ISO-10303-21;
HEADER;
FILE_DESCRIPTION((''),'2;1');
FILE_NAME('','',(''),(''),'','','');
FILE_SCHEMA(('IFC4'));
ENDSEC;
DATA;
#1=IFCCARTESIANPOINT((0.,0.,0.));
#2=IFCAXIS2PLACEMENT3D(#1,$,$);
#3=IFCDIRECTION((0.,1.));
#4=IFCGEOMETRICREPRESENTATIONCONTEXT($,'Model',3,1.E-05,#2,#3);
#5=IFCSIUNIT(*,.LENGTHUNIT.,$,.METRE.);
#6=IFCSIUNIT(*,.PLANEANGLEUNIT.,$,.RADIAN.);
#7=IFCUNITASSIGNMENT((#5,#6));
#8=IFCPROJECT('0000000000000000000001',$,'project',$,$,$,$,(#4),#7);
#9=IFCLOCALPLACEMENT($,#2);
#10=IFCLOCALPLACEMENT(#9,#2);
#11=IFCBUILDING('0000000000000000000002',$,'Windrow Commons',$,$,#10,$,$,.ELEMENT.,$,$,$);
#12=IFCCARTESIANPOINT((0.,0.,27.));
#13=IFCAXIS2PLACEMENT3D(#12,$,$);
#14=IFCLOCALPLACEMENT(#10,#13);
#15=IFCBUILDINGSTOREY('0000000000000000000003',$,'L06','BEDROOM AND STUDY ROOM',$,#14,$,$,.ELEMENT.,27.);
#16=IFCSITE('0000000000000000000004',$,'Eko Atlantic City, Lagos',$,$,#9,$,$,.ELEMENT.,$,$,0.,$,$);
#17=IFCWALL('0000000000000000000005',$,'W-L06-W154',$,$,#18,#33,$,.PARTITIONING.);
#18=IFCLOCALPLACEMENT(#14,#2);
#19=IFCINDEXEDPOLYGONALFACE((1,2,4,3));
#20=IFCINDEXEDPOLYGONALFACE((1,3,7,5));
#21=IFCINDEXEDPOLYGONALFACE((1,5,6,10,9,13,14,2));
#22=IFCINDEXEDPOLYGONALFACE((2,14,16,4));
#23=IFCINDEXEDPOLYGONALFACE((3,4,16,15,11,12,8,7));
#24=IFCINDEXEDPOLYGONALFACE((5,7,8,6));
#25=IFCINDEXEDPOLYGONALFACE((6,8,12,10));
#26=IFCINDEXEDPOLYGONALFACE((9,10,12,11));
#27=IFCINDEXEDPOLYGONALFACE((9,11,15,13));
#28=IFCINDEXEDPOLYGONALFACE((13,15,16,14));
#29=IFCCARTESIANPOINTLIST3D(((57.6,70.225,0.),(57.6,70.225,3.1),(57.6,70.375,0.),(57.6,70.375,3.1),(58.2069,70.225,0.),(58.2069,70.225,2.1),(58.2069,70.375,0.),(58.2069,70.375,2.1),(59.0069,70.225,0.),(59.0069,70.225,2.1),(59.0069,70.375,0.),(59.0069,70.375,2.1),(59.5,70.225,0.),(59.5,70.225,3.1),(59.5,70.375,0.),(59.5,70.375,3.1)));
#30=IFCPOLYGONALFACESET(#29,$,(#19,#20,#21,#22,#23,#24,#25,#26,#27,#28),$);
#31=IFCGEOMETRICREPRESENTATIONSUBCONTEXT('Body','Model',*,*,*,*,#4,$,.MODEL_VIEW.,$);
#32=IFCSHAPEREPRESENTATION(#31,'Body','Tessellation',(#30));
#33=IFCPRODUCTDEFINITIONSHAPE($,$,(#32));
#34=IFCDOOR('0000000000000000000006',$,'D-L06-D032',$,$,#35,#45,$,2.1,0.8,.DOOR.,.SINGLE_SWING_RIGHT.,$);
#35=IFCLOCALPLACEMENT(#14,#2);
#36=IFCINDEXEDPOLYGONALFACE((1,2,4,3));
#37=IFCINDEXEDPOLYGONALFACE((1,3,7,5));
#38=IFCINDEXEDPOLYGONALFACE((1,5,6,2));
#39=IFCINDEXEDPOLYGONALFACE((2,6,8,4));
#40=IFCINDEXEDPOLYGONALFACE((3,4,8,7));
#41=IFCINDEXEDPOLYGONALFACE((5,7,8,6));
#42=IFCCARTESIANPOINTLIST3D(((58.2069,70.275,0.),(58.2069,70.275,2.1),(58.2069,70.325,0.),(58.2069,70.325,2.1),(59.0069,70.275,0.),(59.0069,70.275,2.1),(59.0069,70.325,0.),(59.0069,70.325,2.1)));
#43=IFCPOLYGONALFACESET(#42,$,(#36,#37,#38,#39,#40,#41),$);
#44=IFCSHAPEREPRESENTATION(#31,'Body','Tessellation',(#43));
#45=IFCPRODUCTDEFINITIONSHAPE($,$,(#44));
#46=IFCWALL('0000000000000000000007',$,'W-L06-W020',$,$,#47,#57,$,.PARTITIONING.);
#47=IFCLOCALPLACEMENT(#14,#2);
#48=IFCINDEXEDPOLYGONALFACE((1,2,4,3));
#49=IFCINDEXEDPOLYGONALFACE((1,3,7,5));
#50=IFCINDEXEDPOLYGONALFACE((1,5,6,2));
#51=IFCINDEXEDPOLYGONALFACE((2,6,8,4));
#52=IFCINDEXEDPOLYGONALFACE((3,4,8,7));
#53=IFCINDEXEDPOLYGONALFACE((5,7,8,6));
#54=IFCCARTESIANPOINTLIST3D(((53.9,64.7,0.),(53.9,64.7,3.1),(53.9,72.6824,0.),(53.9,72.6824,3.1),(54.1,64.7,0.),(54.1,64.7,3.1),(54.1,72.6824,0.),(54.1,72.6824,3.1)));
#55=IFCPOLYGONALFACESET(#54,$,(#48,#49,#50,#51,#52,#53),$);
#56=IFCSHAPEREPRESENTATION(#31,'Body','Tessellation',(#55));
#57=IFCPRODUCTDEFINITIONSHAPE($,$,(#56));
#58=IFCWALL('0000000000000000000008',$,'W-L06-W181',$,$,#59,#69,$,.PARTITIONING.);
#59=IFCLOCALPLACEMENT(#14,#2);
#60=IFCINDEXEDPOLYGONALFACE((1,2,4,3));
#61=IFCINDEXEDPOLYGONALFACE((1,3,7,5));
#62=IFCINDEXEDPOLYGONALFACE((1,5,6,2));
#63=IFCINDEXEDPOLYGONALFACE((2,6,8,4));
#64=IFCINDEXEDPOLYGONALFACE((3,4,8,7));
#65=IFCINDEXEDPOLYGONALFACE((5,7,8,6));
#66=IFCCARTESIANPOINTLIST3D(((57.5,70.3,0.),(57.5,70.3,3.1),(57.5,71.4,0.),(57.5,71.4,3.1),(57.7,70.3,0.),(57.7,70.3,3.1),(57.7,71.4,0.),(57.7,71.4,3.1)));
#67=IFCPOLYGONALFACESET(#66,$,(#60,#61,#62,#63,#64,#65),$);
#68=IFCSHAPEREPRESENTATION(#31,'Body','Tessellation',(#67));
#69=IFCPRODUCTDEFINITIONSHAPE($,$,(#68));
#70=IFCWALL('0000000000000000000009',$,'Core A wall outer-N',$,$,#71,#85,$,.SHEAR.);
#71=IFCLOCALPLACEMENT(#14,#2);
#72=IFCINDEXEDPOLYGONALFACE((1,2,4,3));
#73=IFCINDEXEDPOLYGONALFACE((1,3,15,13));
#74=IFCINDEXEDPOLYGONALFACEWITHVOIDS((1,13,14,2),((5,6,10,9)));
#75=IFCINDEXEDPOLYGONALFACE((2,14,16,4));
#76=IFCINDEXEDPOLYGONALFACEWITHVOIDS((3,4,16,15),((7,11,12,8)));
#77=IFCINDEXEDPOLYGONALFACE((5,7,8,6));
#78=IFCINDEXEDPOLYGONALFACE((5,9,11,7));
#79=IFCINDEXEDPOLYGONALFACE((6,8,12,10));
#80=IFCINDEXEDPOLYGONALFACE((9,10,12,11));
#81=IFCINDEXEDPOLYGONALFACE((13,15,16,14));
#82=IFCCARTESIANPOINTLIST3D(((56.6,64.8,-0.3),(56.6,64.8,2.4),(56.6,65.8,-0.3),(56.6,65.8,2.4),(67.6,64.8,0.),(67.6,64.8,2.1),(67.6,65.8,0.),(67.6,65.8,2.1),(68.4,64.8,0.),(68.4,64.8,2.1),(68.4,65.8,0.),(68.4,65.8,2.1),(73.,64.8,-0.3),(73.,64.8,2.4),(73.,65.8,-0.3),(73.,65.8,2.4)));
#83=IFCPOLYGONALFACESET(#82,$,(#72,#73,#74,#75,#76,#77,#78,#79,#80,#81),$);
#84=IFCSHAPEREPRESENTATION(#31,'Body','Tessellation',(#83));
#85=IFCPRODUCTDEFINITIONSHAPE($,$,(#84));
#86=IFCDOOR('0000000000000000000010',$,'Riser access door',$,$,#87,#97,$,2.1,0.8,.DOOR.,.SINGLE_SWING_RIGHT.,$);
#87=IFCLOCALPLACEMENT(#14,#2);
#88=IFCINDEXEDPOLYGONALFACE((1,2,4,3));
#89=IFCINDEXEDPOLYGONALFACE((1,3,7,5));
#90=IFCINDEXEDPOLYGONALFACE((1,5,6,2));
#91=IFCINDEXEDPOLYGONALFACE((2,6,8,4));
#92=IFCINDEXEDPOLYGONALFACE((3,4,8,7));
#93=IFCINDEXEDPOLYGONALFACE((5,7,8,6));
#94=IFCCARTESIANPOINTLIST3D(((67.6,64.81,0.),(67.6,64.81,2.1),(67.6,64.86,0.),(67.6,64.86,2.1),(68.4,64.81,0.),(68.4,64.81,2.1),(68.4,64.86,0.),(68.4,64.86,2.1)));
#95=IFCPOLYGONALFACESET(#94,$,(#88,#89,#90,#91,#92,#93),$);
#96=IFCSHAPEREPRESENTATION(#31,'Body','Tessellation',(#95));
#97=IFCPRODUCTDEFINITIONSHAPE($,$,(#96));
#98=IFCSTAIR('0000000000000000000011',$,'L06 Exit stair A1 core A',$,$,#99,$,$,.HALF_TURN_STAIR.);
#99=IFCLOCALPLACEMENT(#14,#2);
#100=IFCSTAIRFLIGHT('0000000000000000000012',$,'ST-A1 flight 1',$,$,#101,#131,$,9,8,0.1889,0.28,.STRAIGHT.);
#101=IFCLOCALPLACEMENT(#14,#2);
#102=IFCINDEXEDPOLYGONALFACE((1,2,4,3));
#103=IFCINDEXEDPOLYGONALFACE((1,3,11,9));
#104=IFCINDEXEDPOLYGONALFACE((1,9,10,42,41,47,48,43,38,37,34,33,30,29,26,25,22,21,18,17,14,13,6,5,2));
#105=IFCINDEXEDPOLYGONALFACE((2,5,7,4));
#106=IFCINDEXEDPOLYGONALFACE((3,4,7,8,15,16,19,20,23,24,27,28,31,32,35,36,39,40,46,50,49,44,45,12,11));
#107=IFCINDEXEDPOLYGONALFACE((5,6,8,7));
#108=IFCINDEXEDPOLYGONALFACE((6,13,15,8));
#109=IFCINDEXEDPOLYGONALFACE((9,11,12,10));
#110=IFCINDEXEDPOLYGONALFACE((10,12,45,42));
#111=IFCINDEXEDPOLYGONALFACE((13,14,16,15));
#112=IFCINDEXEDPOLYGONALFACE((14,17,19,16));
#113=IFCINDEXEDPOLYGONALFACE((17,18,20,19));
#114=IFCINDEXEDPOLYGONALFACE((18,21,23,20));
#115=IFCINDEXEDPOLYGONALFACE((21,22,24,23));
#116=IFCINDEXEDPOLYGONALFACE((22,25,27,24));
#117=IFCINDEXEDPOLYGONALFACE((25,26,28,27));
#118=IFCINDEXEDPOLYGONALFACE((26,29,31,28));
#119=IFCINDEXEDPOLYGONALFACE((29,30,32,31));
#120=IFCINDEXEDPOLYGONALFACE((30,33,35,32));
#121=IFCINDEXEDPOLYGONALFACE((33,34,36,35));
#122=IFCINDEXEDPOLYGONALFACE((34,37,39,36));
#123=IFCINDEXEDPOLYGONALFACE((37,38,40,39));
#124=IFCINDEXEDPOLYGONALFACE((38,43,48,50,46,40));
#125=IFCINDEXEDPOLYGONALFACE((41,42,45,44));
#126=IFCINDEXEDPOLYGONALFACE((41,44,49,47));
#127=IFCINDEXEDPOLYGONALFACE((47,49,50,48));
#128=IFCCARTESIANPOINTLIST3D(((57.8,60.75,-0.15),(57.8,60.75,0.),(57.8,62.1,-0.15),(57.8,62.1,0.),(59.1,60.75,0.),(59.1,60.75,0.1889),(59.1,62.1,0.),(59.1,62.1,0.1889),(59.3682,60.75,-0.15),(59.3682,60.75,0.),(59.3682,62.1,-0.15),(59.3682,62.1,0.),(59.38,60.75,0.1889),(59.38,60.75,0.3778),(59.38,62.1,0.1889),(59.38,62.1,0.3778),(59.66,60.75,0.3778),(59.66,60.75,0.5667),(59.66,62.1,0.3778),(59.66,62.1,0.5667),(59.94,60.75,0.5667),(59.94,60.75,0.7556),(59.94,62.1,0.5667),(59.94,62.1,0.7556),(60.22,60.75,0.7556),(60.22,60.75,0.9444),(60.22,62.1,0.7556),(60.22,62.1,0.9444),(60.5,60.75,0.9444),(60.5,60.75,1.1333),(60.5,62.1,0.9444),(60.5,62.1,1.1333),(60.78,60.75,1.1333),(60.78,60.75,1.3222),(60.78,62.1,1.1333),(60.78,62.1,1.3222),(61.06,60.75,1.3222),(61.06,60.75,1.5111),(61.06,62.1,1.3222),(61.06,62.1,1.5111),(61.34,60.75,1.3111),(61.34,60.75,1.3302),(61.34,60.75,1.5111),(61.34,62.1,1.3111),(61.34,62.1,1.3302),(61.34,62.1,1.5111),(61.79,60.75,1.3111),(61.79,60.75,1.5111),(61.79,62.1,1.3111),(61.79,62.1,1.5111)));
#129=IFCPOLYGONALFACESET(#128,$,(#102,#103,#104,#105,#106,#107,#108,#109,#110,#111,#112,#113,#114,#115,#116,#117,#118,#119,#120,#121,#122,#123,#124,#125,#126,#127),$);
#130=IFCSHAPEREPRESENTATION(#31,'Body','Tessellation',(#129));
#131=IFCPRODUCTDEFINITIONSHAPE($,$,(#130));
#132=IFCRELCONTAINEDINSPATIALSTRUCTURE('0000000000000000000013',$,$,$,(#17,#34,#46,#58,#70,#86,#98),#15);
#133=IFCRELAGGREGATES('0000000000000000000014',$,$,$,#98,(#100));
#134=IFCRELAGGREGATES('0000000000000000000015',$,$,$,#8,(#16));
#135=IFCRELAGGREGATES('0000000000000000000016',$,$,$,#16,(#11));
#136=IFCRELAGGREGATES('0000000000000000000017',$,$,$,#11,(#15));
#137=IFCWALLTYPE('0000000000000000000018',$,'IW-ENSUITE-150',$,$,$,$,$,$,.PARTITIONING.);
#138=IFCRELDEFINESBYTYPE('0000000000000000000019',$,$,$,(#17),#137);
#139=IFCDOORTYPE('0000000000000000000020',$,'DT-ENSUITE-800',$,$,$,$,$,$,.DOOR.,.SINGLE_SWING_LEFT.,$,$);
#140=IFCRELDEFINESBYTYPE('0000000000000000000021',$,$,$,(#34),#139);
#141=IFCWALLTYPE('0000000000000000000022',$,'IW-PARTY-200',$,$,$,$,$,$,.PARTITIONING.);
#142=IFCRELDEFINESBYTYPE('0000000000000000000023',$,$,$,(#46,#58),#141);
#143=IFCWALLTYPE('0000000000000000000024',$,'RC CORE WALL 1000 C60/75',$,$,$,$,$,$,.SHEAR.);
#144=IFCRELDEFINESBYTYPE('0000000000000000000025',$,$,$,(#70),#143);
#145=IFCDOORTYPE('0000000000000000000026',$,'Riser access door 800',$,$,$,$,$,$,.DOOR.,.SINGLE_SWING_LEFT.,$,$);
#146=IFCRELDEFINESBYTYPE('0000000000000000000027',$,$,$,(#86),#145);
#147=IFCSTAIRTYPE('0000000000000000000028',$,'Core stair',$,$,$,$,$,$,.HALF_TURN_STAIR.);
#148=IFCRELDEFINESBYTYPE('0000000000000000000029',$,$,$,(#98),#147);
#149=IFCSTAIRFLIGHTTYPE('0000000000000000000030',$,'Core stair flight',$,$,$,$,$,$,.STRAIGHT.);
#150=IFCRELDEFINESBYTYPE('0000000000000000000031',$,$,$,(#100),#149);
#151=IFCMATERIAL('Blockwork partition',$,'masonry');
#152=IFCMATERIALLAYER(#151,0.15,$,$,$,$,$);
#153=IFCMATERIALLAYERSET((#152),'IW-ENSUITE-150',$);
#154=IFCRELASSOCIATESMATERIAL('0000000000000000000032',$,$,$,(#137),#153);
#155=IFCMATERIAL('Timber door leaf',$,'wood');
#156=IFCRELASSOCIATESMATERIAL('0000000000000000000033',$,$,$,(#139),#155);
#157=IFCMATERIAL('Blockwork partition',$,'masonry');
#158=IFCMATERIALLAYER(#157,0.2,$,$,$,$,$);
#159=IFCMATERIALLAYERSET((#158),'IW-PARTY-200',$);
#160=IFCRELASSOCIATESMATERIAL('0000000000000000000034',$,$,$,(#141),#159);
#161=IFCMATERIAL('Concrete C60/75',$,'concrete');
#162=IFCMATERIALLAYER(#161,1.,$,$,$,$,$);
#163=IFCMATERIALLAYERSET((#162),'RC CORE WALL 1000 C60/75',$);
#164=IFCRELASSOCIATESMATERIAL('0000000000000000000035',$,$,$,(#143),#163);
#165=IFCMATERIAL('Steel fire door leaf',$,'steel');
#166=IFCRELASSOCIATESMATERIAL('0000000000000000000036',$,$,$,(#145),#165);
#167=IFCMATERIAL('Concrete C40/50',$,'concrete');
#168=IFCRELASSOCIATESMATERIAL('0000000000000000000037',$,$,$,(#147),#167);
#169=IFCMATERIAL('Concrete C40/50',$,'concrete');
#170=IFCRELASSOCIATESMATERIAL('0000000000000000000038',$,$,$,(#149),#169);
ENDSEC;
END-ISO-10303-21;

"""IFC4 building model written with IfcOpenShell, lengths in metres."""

from ifc_helpers import new_model, si_unit, direction, frame, frame_2d, origin, place, context, subcontext, project, spatial, polyline, rectangle, outline, extrude, material, layer, layer_set, type_object, element, fill, aggregate, save


model = new_model("IFC4")

# Units and contexts
model_context = context("Model", 3, precision=1e-05, world=origin(), true_north=direction((0.0, 1.0)))
body_context = subcontext(model_context, "Body", "Model", "MODEL_VIEW")
ifc_project = project(units=[si_unit("LENGTHUNIT", "METRE"), si_unit("PLANEANGLEUNIT", "RADIAN")], contexts=[model_context])

# Site, building, storey
site_placement = place(None, origin())
site = spatial("IfcSite", under=ifc_project, at=site_placement, Name="Eko Atlantic City, Lagos", CompositionType="ELEMENT", RefElevation=0.0)
building_placement = place(site_placement, origin())
building = spatial("IfcBuilding", under=site, at=building_placement, Name="Windrow Commons", CompositionType="ELEMENT")
storey_placement = place(building_placement, frame((0.0, 0.0, 27.0)))
storey = spatial("IfcBuildingStorey", under=building, at=storey_placement, Name="L06", Description="BEDROOM AND STUDY ROOM", CompositionType="ELEMENT", Elevation=27.0)

# Shared definitions
ifc_material_1 = material(Name="Blockwork partition", Category="masonry")
ifc_layer_1 = layer(ifc_material_1, 0.15)
ifc_layer_set_1 = layer_set([ifc_layer_1], Name="IW-ENSUITE-150")
wall_type_1 = type_object("IfcWallType", Name="IW-ENSUITE-150", PredefinedType="PARTITIONING", material=ifc_layer_set_1)

# Wall, opening, door
wall_1_placement = place(storey_placement, frame((57.6, 70.3, 0.0), z_axis=(0.0, 0.0, 1.0), x_axis=(1.0, 0.0, 0.0)))
wall_1 = element("IfcWall", 1, at=wall_1_placement, inside=storey, type_object=wall_type_1, Name="W-L06-W154", PredefinedType="PARTITIONING", context=body_context, shape_type="SweptSolid", body=[
    extrude(rectangle(XDim=1.9, YDim=0.15, at=frame_2d((0.95, 0.0))), origin(), (0.0, 0.0, 1.0), 3.1),
])
opening_1_placement = place(wall_1_placement, frame((0.6069, 0.0, 0.0)))
opening_1 = element("IfcOpeningElement", 2, at=opening_1_placement, cuts=wall_1, PredefinedType="OPENING", context=body_context, shape_type="SweptSolid", body=[
    extrude(rectangle(XDim=0.8, YDim=2.1, at=frame_2d((0.4, 1.05))), frame((0.0, 0.085, 0.0), z_axis=(0.0, -1.0, 0.0), x_axis=(1.0, 0.0, 0.0)), (0.0, 0.0, 1.0), 0.17),
])
ifc_material_2 = material(Name="Timber door leaf", Category="wood")
door_type_1 = type_object("IfcDoorType", Name="DT-ENSUITE-800", OperationType="SINGLE_SWING_LEFT", PredefinedType="DOOR", material=ifc_material_2)
door_1_placement = place(opening_1_placement, origin())
door_1 = element("IfcDoor", 3, at=door_1_placement, inside=storey, type_object=door_type_1, Name="D-L06-D032", OperationType="SINGLE_SWING_RIGHT", OverallHeight=2.1, OverallWidth=0.8, PredefinedType="DOOR", context=body_context, shape_type="SweptSolid", body=[
    extrude(rectangle(XDim=0.8, YDim=2.1, at=frame_2d((0.4, 1.05))), frame((0.0, 0.025, 0.0), z_axis=(0.0, -1.0, 0.0), x_axis=(1.0, 0.0, 0.0)), (0.0, 0.0, 1.0), 0.05),
])
fill(opening_1, door_1)

# Walls
ifc_material_3 = material(Name="Blockwork partition", Category="masonry")
ifc_layer_2 = layer(ifc_material_3, 0.2)
ifc_layer_set_2 = layer_set([ifc_layer_2], Name="IW-PARTY-200")
wall_type_2 = type_object("IfcWallType", Name="IW-PARTY-200", PredefinedType="PARTITIONING", material=ifc_layer_set_2)
wall_2_placement = place(storey_placement, frame((54.0, 64.7, 0.0), z_axis=(0.0, 0.0, 1.0), x_axis=(0.0, 1.0, 0.0)))
element("IfcWall", 4, at=wall_2_placement, inside=storey, type_object=wall_type_2, Name="W-L06-W020", PredefinedType="PARTITIONING", context=body_context, shape_type="SweptSolid", body=[
    extrude(rectangle(XDim=7.9823, YDim=0.2, at=frame_2d((3.9912, 0.0))), origin(), (0.0, 0.0, 1.0), 3.1),
])
wall_3_placement = place(storey_placement, frame((57.6, 70.3, 0.0), z_axis=(0.0, 0.0, 1.0), x_axis=(0.0, 1.0, 0.0)))
element("IfcWall", 5, at=wall_3_placement, inside=storey, type_object=wall_type_2, Name="W-L06-W181", PredefinedType="PARTITIONING", context=body_context, shape_type="SweptSolid", body=[
    extrude(rectangle(XDim=1.1, YDim=0.2, at=frame_2d((0.55, 0.0))), origin(), (0.0, 0.0, 1.0), 3.1),
])

# Wall, opening, door
ifc_material_4 = material(Name="Concrete C60/75", Category="concrete")
ifc_layer_3 = layer(ifc_material_4, 1.0)
ifc_layer_set_3 = layer_set([ifc_layer_3], Name="RC CORE WALL 1000 C60/75")
wall_type_3 = type_object("IfcWallType", Name="RC CORE WALL 1000 C60/75", PredefinedType="SHEAR", material=ifc_layer_set_3)
wall_4_placement = place(storey_placement, frame((56.6, 65.3, -0.3), z_axis=(0.0, 0.0, 1.0), x_axis=(1.0, 0.0, 0.0)))
wall_4 = element("IfcWall", 6, at=wall_4_placement, inside=storey, type_object=wall_type_3, Name="Core A wall outer-N", PredefinedType="SHEAR", context=body_context, shape_type="SweptSolid", body=[
    extrude(rectangle(XDim=16.4, YDim=1.0, at=frame_2d((8.2, 0.0))), origin(), (0.0, 0.0, 1.0), 2.7),
])
opening_2_placement = place(wall_4_placement, frame((11.0, 0.0, 0.3)))
opening_2 = element("IfcOpeningElement", 7, at=opening_2_placement, cuts=wall_4, PredefinedType="OPENING", context=body_context, shape_type="SweptSolid", body=[
    extrude(rectangle(XDim=0.8, YDim=2.1, at=frame_2d((0.4, 1.05))), frame((0.0, 0.51, 0.0), z_axis=(0.0, -1.0, 0.0), x_axis=(1.0, 0.0, 0.0)), (0.0, 0.0, 1.0), 1.02),
])
ifc_material_5 = material(Name="Steel fire door leaf", Category="steel")
door_type_2 = type_object("IfcDoorType", Name="Riser access door 800", OperationType="SINGLE_SWING_LEFT", PredefinedType="DOOR", material=ifc_material_5)
door_2_placement = place(opening_2_placement, origin())
door_2 = element("IfcDoor", 8, at=door_2_placement, inside=storey, type_object=door_type_2, Name="Riser access door", OperationType="SINGLE_SWING_RIGHT", OverallHeight=2.1, OverallWidth=0.8, PredefinedType="DOOR", context=body_context, shape_type="SweptSolid", body=[
    extrude(rectangle(XDim=0.8, YDim=2.1, at=frame_2d((0.4, 1.05))), frame((0.0, -0.44, 0.0), z_axis=(0.0, -1.0, 0.0), x_axis=(1.0, 0.0, 0.0)), (0.0, 0.0, 1.0), 0.05),
])
fill(opening_2, door_2)

# Stair, stair flight
ifc_material_6 = material(Name="Concrete C40/50", Category="concrete")
stair_type = type_object("IfcStairType", Name="Core stair", PredefinedType="HALF_TURN_STAIR", material=ifc_material_6)
stair_placement = place(storey_placement, origin())
stair = element("IfcStair", 9, at=stair_placement, inside=storey, type_object=stair_type, Name="L06 Exit stair A1 core A", PredefinedType="HALF_TURN_STAIR")
ifc_material_7 = material(Name="Concrete C40/50", Category="concrete")
stair_flight_type = type_object("IfcStairFlightType", Name="Core stair flight", PredefinedType="STRAIGHT", material=ifc_material_7)
stair_flight_placement = place(storey_placement, frame((59.1, 61.425, 0.0), z_axis=(0.0, 0.0, 1.0), x_axis=(1.0, 0.0, 0.0)))
stair_flight = element("IfcStairFlight", 10, at=stair_flight_placement, type_object=stair_flight_type, Name="ST-A1 flight 1", NumberOfRisers=9, NumberOfTreads=8, PredefinedType="STRAIGHT", RiserHeight=0.1889, TreadLength=0.28, context=body_context, shape_type="SweptSolid", body=[
    extrude(outline(polyline([(-1.3, -0.15), (-1.3, 0.0), (0.0, 0.0), (0.0, 0.1889), (0.28, 0.1889), (0.28, 0.3778), (0.56, 0.3778), (0.56, 0.5667), (0.84, 0.5667), (0.84, 0.7556), (1.12, 0.7556), (1.12, 0.9444), (1.4, 0.9444), (1.4, 1.1333), (1.68, 1.1333), (1.68, 1.3222), (1.96, 1.3222), (1.96, 1.5111), (2.24, 1.5111), (2.69, 1.5111), (2.69, 1.3111), (2.24, 1.3111), (2.24, 1.3302), (0.2682, 0.0), (0.2682, -0.15), (-1.3, -0.15)])), frame((0.0, 0.675, 0.0), z_axis=(0.0, -1.0, 0.0), x_axis=(1.0, 0.0, 0.0)), (0.0, 0.0, 1.0), 1.35),
])
aggregate(stair, [stair_flight])

save(model, "model.ifc")
